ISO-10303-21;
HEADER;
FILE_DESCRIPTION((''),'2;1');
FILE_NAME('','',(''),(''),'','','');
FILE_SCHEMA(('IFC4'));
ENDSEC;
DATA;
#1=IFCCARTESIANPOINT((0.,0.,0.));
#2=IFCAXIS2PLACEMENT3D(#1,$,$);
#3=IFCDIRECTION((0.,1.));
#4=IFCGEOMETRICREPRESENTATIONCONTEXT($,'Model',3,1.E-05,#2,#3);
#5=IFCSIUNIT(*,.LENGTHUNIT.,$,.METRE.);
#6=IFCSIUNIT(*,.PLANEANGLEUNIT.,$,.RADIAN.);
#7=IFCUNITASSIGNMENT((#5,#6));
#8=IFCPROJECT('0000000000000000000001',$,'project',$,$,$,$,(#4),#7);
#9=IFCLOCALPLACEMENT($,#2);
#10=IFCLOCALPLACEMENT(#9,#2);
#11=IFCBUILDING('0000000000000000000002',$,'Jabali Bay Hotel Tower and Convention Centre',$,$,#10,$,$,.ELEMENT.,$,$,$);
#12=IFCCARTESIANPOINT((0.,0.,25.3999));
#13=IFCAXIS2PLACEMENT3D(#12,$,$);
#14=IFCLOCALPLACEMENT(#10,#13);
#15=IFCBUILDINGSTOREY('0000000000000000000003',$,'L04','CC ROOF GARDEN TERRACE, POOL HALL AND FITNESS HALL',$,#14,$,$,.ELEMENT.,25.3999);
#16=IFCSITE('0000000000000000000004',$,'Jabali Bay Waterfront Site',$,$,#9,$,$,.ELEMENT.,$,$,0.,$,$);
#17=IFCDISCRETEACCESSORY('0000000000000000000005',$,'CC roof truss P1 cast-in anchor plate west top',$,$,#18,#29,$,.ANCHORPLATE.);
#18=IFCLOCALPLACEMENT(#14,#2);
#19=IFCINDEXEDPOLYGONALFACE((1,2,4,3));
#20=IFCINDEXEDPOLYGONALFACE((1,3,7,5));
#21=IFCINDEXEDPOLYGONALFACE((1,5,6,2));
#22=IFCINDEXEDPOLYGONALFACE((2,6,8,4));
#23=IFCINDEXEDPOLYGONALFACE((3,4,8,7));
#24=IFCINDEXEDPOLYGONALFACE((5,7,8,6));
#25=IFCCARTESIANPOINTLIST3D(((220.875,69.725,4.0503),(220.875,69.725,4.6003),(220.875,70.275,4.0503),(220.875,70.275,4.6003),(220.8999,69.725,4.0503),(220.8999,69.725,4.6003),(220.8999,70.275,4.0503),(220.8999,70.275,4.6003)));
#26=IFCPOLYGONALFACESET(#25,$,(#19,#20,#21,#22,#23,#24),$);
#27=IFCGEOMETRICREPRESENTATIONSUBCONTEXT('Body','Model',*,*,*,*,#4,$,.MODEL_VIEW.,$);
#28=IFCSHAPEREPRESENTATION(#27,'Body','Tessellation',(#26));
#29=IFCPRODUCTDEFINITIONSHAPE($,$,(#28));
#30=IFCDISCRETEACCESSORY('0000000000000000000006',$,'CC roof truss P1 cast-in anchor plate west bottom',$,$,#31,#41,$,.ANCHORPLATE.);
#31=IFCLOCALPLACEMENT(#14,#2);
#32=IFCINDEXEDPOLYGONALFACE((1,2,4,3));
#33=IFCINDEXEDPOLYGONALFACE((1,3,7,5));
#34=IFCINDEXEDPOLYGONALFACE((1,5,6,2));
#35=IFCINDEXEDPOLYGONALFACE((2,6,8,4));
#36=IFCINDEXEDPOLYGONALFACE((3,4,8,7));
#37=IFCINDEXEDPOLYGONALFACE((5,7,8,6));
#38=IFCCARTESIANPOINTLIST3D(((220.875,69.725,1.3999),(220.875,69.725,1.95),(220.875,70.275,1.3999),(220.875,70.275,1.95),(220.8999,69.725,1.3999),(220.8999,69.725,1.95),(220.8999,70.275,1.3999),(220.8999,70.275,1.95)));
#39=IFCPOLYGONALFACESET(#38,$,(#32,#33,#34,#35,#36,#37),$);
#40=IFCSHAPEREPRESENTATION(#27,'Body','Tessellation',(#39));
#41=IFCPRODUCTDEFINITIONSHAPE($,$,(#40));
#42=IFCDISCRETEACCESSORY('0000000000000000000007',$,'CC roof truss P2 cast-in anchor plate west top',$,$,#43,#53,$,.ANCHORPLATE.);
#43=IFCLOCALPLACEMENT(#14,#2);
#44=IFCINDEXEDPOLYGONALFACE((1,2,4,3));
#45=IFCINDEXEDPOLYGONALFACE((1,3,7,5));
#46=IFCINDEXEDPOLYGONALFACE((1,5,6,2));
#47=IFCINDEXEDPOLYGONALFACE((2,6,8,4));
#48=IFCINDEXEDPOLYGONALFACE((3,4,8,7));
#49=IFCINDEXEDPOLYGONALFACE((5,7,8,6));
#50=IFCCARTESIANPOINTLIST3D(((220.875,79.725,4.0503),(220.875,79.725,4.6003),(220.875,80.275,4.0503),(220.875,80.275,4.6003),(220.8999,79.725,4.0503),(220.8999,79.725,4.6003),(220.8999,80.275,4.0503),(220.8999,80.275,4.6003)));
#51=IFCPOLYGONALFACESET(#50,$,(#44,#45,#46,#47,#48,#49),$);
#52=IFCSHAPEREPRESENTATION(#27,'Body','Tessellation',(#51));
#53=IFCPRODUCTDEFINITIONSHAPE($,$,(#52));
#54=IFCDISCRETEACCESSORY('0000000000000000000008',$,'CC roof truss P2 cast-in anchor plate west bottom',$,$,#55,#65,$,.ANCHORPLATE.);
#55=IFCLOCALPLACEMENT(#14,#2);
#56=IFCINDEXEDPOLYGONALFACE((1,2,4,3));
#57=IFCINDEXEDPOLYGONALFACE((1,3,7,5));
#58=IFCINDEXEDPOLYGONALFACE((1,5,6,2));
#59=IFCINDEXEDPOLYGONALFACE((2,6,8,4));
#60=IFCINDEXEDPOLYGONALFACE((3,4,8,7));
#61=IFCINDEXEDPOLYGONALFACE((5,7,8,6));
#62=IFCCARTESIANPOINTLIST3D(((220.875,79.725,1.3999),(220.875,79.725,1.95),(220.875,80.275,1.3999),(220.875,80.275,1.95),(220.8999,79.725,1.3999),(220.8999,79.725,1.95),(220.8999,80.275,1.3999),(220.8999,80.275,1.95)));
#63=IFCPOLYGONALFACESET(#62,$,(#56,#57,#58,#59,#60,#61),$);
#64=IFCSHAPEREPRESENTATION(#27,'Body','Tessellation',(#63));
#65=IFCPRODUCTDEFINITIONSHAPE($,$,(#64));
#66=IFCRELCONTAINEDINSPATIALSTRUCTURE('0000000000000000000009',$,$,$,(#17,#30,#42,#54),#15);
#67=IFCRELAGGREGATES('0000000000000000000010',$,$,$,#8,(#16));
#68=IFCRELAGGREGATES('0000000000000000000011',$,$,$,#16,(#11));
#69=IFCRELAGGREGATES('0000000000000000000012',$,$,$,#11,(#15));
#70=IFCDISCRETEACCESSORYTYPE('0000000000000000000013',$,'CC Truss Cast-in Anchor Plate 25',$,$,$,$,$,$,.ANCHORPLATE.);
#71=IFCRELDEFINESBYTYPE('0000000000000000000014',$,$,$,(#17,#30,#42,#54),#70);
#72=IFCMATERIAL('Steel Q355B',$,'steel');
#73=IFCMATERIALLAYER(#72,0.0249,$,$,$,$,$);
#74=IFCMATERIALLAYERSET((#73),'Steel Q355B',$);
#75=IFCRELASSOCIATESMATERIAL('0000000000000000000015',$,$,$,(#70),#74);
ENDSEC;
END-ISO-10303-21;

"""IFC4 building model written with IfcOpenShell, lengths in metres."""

from ifc_helpers import new_model, si_unit, direction, frame, origin, origin_2d, place, context, subcontext, project, spatial, rectangle, extrude, material, layer, layer_set, type_object, element, save


model = new_model("IFC4")

# Units and contexts
model_context = context("Model", 3, precision=1e-05, world=origin(), true_north=direction((0.0, 1.0)))
body_context = subcontext(model_context, "Body", "Model", "MODEL_VIEW")
ifc_project = project(units=[si_unit("LENGTHUNIT", "METRE"), si_unit("PLANEANGLEUNIT", "RADIAN")], contexts=[model_context])

# Site, building, storey
site_placement = place(None, origin())
site = spatial("IfcSite", under=ifc_project, at=site_placement, Name="Jabali Bay Waterfront Site", CompositionType="ELEMENT", RefElevation=0.0)
building_placement = place(site_placement, origin())
building = spatial("IfcBuilding", under=site, at=building_placement, Name="Jabali Bay Hotel Tower and Convention Centre", CompositionType="ELEMENT")
storey_placement = place(building_placement, frame((0.0, 0.0, 25.3999)))
storey = spatial("IfcBuildingStorey", under=building, at=storey_placement, Name="L04", Description="CC ROOF GARDEN TERRACE, POOL HALL AND FITNESS HALL", CompositionType="ELEMENT", Elevation=25.3999)

# Shared definitions
ifc_material_1 = material(Name="Steel Q355B", Category="steel")

# Discrete accessories
ifc_layer_1 = layer(ifc_material_1, 0.0249)
ifc_layer_set_1 = layer_set([ifc_layer_1], Name="Steel Q355B")
discrete_accessory_type = type_object("IfcDiscreteAccessoryType", Name="CC Truss Cast-in Anchor Plate 25", PredefinedType="ANCHORPLATE", material=ifc_layer_set_1)
for number, where, z_axis, x_axis, name in (
    (1, (220.8875, 70.0, 4.0503), (0.0, 0.0, 1.0), (1.0, 0.0, 0.0), "CC roof truss P1 cast-in anchor plate west top"),
    (2, (220.8875, 70.0, 1.3999), (0.0, 0.0, 1.0), (1.0, 0.0, 0.0), "CC roof truss P1 cast-in anchor plate west bottom"),
    (3, (220.8875, 80.0, 4.0503), (0.0, 0.0, 1.0), (1.0, 0.0, 0.0), "CC roof truss P2 cast-in anchor plate west top"),
    (4, (220.8875, 80.0, 1.3999), (0.0, 0.0, 1.0), (1.0, 0.0, 0.0), "CC roof truss P2 cast-in anchor plate west bottom"),
):
    element("IfcDiscreteAccessory", number, at=place(storey_placement, frame(where, z_axis=z_axis, x_axis=x_axis)), inside=storey, type_object=discrete_accessory_type, Name=name, PredefinedType="ANCHORPLATE", context=body_context, shape_type="SweptSolid", body=[
        extrude(rectangle(XDim=0.0249, YDim=0.55, at=origin_2d()), origin(), (0.0, 0.0, 1.0), 0.55),
    ])

save(model, "model.ifc")
